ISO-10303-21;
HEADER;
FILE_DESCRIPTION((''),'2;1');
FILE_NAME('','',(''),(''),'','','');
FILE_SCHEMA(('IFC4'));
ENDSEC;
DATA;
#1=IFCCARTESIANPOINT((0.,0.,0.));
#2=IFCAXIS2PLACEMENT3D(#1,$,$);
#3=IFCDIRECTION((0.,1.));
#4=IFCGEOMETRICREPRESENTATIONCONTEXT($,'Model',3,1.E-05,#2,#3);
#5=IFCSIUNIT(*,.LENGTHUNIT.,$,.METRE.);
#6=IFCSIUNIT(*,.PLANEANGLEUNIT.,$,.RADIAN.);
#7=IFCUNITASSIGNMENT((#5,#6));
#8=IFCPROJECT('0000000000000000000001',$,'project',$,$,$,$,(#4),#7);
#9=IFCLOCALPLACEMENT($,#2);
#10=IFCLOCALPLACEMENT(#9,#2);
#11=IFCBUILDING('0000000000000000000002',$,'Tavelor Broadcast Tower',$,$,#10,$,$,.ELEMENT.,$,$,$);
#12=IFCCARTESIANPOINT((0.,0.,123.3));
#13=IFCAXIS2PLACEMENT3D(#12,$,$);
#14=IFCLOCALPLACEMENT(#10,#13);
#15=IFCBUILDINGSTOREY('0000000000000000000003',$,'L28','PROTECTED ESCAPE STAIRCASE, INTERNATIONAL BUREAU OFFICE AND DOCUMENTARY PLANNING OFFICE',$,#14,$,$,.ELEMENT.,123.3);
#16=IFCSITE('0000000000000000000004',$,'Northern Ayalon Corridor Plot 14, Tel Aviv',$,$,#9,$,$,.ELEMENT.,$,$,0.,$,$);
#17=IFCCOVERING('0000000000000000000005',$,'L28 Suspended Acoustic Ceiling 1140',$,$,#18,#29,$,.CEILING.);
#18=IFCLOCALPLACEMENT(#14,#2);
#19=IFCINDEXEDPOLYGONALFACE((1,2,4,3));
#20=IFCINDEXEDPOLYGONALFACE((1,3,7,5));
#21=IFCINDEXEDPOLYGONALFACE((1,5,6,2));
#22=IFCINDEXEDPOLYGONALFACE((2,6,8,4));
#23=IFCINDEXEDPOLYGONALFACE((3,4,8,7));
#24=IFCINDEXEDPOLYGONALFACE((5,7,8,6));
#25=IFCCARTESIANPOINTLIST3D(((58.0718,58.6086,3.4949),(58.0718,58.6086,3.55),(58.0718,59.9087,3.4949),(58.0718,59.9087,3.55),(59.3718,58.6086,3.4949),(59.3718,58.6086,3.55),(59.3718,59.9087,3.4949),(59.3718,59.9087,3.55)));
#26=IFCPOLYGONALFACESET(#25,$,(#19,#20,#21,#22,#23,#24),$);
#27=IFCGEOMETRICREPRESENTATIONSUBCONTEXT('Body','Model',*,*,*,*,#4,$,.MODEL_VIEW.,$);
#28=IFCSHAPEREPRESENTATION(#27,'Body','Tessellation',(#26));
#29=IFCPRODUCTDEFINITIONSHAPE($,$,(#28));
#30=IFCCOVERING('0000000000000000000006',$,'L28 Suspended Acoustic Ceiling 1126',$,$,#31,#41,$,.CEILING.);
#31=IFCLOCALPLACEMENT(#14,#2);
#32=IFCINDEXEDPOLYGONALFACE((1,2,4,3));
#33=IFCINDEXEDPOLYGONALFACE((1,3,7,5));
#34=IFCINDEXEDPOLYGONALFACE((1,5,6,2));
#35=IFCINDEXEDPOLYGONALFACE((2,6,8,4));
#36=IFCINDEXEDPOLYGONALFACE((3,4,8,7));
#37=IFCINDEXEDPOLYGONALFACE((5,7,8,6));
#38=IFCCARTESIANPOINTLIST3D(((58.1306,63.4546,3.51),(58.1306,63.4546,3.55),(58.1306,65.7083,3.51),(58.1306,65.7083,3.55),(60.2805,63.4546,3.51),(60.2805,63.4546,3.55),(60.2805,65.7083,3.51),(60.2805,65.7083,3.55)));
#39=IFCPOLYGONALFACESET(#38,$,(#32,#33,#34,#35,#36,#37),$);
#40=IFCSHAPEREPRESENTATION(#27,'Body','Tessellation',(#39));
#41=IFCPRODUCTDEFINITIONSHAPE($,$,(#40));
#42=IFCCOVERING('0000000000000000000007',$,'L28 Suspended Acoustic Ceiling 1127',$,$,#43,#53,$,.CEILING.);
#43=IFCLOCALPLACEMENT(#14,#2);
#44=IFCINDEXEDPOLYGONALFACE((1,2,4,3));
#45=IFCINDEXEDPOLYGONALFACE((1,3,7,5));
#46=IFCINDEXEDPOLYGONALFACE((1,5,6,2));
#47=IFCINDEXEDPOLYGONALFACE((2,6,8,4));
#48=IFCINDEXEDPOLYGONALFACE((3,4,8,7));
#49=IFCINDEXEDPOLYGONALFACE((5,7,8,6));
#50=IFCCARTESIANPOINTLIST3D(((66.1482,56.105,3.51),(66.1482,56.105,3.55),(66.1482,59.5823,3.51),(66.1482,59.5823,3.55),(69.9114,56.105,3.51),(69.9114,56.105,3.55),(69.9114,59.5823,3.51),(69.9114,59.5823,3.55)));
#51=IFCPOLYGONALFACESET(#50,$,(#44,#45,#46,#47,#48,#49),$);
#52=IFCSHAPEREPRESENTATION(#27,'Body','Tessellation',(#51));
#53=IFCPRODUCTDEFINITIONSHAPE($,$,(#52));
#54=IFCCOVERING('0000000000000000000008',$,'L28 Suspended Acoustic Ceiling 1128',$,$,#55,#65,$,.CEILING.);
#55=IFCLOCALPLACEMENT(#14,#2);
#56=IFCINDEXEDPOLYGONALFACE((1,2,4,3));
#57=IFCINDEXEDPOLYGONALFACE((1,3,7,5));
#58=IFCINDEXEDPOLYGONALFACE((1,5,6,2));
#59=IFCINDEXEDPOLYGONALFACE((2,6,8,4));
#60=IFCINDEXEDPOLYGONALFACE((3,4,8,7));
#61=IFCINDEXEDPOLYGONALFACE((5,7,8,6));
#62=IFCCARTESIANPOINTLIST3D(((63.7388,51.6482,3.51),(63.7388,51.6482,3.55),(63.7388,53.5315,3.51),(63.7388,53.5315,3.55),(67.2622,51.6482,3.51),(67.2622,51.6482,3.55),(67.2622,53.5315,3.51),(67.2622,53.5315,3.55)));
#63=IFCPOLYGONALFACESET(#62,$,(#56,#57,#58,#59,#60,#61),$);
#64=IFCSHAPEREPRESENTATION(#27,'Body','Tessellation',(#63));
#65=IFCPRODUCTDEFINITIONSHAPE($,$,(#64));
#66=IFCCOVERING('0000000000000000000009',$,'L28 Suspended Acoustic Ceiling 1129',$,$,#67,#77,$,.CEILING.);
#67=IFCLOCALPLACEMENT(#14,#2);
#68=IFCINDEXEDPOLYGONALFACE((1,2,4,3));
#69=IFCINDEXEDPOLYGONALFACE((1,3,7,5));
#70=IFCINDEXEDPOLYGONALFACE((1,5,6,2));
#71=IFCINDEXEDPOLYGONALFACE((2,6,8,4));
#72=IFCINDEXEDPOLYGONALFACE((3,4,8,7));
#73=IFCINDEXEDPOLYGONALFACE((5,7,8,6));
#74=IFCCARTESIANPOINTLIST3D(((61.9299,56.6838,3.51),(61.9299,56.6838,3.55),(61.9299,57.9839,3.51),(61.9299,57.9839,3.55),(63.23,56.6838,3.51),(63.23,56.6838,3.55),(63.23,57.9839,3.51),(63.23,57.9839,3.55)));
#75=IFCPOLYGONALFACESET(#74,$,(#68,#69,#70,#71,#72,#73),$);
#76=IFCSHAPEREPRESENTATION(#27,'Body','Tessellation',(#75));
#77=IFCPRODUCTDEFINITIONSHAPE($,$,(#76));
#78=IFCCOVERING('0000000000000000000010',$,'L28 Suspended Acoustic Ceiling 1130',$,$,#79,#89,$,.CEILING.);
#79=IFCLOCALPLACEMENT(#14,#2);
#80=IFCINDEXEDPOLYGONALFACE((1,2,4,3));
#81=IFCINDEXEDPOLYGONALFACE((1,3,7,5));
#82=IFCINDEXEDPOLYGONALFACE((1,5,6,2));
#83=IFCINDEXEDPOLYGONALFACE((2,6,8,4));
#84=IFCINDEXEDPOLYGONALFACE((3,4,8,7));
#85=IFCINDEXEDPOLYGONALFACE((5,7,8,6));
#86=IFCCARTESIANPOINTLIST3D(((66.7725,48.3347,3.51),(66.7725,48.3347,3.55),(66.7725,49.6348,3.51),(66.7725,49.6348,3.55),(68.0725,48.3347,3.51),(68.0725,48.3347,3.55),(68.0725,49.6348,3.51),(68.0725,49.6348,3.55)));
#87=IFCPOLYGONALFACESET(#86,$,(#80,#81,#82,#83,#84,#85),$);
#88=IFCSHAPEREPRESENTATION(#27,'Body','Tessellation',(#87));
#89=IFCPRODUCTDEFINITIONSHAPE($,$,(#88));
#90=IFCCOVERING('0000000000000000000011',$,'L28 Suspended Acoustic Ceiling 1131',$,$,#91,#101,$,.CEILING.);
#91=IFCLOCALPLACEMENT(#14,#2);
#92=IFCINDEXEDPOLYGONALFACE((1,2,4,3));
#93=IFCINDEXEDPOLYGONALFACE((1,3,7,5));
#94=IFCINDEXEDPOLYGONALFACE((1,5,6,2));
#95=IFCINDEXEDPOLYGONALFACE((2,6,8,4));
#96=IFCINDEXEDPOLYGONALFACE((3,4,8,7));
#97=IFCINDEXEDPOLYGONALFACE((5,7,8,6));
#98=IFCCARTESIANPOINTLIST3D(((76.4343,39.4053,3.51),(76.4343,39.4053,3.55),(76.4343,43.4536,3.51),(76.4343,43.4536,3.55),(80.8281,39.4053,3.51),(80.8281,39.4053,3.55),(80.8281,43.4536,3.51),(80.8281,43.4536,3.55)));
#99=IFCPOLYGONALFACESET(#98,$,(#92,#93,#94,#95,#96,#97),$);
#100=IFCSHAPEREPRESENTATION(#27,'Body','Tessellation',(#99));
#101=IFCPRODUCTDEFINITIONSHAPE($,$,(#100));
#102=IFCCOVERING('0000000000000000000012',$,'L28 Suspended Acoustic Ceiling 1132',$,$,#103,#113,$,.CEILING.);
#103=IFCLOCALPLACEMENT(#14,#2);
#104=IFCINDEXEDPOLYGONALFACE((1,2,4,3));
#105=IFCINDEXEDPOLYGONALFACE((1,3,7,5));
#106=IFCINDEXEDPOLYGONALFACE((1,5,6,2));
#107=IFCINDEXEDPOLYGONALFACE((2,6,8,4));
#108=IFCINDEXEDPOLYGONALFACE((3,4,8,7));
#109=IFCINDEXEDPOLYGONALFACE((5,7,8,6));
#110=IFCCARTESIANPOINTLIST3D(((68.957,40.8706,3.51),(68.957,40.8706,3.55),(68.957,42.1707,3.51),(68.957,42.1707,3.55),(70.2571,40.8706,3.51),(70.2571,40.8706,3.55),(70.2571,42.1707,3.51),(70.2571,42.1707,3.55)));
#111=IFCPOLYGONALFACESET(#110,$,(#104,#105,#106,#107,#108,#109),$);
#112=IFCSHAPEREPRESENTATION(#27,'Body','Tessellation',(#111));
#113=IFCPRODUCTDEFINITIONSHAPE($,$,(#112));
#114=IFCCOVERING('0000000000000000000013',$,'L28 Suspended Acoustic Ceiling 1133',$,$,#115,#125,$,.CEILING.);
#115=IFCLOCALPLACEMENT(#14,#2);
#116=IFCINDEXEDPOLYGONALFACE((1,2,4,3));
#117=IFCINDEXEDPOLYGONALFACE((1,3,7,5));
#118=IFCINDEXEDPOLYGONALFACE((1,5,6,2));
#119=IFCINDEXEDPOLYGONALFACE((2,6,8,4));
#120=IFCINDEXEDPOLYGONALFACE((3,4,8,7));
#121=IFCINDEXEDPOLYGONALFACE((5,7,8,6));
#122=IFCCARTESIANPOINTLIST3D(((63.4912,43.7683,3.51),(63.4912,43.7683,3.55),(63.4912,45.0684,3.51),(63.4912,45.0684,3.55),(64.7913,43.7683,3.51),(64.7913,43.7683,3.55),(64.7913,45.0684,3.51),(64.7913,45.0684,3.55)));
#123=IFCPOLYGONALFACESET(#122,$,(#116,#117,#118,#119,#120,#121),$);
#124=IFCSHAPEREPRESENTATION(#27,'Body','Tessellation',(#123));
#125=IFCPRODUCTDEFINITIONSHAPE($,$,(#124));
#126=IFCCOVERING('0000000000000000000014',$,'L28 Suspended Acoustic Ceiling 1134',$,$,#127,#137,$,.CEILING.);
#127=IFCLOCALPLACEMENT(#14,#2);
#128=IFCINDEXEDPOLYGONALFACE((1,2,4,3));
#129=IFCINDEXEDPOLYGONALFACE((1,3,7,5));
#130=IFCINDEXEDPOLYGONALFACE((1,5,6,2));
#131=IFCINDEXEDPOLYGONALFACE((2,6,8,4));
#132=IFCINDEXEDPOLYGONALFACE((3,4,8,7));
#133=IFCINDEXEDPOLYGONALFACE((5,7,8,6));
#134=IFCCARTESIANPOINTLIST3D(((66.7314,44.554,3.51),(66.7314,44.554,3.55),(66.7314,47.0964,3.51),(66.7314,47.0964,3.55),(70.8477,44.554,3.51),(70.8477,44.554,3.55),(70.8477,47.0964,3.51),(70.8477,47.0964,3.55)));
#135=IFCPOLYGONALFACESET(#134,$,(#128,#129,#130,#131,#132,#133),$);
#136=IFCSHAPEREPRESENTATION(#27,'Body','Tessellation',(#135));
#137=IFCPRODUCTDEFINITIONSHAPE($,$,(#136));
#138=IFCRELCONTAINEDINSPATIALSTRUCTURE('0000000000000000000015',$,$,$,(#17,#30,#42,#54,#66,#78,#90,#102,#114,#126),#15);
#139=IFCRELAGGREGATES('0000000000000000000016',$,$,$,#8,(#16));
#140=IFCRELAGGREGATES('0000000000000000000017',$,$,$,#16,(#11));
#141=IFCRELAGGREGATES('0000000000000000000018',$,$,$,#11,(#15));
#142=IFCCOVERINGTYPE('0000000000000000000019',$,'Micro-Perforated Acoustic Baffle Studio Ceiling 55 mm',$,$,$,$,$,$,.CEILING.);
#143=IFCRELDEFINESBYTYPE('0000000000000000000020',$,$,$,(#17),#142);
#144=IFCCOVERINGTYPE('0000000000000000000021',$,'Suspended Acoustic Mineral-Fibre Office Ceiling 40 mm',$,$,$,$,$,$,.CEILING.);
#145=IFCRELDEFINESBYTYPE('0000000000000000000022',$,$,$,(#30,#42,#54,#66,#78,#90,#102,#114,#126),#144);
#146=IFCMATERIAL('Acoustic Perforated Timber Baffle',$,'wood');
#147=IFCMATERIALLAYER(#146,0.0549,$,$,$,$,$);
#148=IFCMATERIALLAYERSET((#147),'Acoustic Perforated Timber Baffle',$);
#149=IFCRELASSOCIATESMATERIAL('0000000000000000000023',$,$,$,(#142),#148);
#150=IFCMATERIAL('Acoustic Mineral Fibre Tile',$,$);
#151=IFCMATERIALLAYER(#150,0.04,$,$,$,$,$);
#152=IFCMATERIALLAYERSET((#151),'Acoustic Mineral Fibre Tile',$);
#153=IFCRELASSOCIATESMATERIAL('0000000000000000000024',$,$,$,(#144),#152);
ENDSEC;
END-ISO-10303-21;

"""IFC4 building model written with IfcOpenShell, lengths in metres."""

from ifc_helpers import new_model, si_unit, direction, frame, origin, place, context, subcontext, project, spatial, polyline, outline, extrude, material, layer, layer_set, type_object, element, save


model = new_model("IFC4")

# Units and contexts
model_context = context("Model", 3, precision=1e-05, world=origin(), true_north=direction((0.0, 1.0)))
body_context = subcontext(model_context, "Body", "Model", "MODEL_VIEW")
ifc_project = project(units=[si_unit("LENGTHUNIT", "METRE"), si_unit("PLANEANGLEUNIT", "RADIAN")], contexts=[model_context])

# Site, building, storey
site_placement = place(None, origin())
site = spatial("IfcSite", under=ifc_project, at=site_placement, Name="Northern Ayalon Corridor Plot 14, Tel Aviv", CompositionType="ELEMENT", RefElevation=0.0)
building_placement = place(site_placement, origin())
building = spatial("IfcBuilding", under=site, at=building_placement, Name="Tavelor Broadcast Tower", CompositionType="ELEMENT")
storey_placement = place(building_placement, frame((0.0, 0.0, 123.3)))
storey = spatial("IfcBuildingStorey", under=building, at=storey_placement, Name="L28", Description="PROTECTED ESCAPE STAIRCASE, INTERNATIONAL BUREAU OFFICE AND DOCUMENTARY PLANNING OFFICE", CompositionType="ELEMENT", Elevation=123.3)

# Coverings
ifc_material_1 = material(Name="Acoustic Perforated Timber Baffle", Category="wood")
ifc_layer_1 = layer(ifc_material_1, 0.0549)
ifc_layer_set_1 = layer_set([ifc_layer_1], Name="Acoustic Perforated Timber Baffle")
covering_type_1 = type_object("IfcCoveringType", Name="Micro-Perforated Acoustic Baffle Studio Ceiling 55 mm", PredefinedType="CEILING", material=ifc_layer_set_1)
covering_1_placement = place(storey_placement, frame((0.0, 0.0, 3.4949)))
element("IfcCovering", 1, at=covering_1_placement, inside=storey, type_object=covering_type_1, Name="L28 Suspended Acoustic Ceiling 1140", PredefinedType="CEILING", context=body_context, shape_type="SweptSolid", body=[
    extrude(outline(polyline([(58.0718, 58.6086), (59.3718, 58.6086), (59.3718, 59.9087), (58.0718, 59.9087), (58.0718, 58.6086)])), origin(), (0.0, 0.0, 1.0), 0.0552),
])
ifc_material_2 = material(Name="Acoustic Mineral Fibre Tile")
ifc_layer_2 = layer(ifc_material_2, 0.04)
ifc_layer_set_2 = layer_set([ifc_layer_2], Name="Acoustic Mineral Fibre Tile")
covering_type_2 = type_object("IfcCoveringType", Name="Suspended Acoustic Mineral-Fibre Office Ceiling 40 mm", PredefinedType="CEILING", material=ifc_layer_set_2)
covering_2_placement = place(storey_placement, frame((0.0, 0.0, 3.51)))
element("IfcCovering", 2, at=covering_2_placement, inside=storey, type_object=covering_type_2, Name="L28 Suspended Acoustic Ceiling 1126", PredefinedType="CEILING", context=body_context, shape_type="SweptSolid", body=[
    extrude(outline(polyline([(58.1306, 63.4546), (60.2805, 63.4546), (60.2805, 65.7083), (58.1306, 65.7083), (58.1306, 63.4546)])), origin(), (0.0, 0.0, 1.0), 0.04),
])
covering_3_placement = place(storey_placement, frame((0.0, 0.0, 3.51)))
element("IfcCovering", 3, at=covering_3_placement, inside=storey, type_object=covering_type_2, Name="L28 Suspended Acoustic Ceiling 1127", PredefinedType="CEILING", context=body_context, shape_type="SweptSolid", body=[
    extrude(outline(polyline([(66.1482, 56.105), (69.9114, 56.105), (69.9114, 59.5823), (66.1482, 59.5823), (66.1482, 56.105)])), origin(), (0.0, 0.0, 1.0), 0.04),
])
covering_4_placement = place(storey_placement, frame((0.0, 0.0, 3.51)))
element("IfcCovering", 4, at=covering_4_placement, inside=storey, type_object=covering_type_2, Name="L28 Suspended Acoustic Ceiling 1128", PredefinedType="CEILING", context=body_context, shape_type="SweptSolid", body=[
    extrude(outline(polyline([(63.7388, 51.6482), (67.2622, 51.6482), (67.2622, 53.5315), (63.7388, 53.5315), (63.7388, 51.6482)])), origin(), (0.0, 0.0, 1.0), 0.04),
])
covering_5_placement = place(storey_placement, frame((0.0, 0.0, 3.51)))
element("IfcCovering", 5, at=covering_5_placement, inside=storey, type_object=covering_type_2, Name="L28 Suspended Acoustic Ceiling 1129", PredefinedType="CEILING", context=body_context, shape_type="SweptSolid", body=[
    extrude(outline(polyline([(61.9299, 56.6838), (63.23, 56.6838), (63.23, 57.9839), (61.9299, 57.9839), (61.9299, 56.6838)])), origin(), (0.0, 0.0, 1.0), 0.04),
])
covering_6_placement = place(storey_placement, frame((0.0, 0.0, 3.51)))
element("IfcCovering", 6, at=covering_6_placement, inside=storey, type_object=covering_type_2, Name="L28 Suspended Acoustic Ceiling 1130", PredefinedType="CEILING", context=body_context, shape_type="SweptSolid", body=[
    extrude(outline(polyline([(66.7725, 48.3347), (68.0725, 48.3347), (68.0725, 49.6348), (66.7725, 49.6348), (66.7725, 48.3347)])), origin(), (0.0, 0.0, 1.0), 0.04),
])
covering_7_placement = place(storey_placement, frame((0.0, 0.0, 3.51)))
element("IfcCovering", 7, at=covering_7_placement, inside=storey, type_object=covering_type_2, Name="L28 Suspended Acoustic Ceiling 1131", PredefinedType="CEILING", context=body_context, shape_type="SweptSolid", body=[
    extrude(outline(polyline([(76.4343, 39.4053), (80.8281, 39.4053), (80.8281, 43.4536), (76.4343, 43.4536), (76.4343, 39.4053)])), origin(), (0.0, 0.0, 1.0), 0.04),
])
covering_8_placement = place(storey_placement, frame((0.0, 0.0, 3.51)))
element("IfcCovering", 8, at=covering_8_placement, inside=storey, type_object=covering_type_2, Name="L28 Suspended Acoustic Ceiling 1132", PredefinedType="CEILING", context=body_context, shape_type="SweptSolid", body=[
    extrude(outline(polyline([(68.957, 40.8706), (70.2571, 40.8706), (70.2571, 42.1707), (68.957, 42.1707), (68.957, 40.8706)])), origin(), (0.0, 0.0, 1.0), 0.04),
])
covering_9_placement = place(storey_placement, frame((0.0, 0.0, 3.51)))
element("IfcCovering", 9, at=covering_9_placement, inside=storey, type_object=covering_type_2, Name="L28 Suspended Acoustic Ceiling 1133", PredefinedType="CEILING", context=body_context, shape_type="SweptSolid", body=[
    extrude(outline(polyline([(63.4912, 43.7683), (64.7913, 43.7683), (64.7913, 45.0684), (63.4912, 45.0684), (63.4912, 43.7683)])), origin(), (0.0, 0.0, 1.0), 0.04),
])
covering_10_placement = place(storey_placement, frame((0.0, 0.0, 3.51)))
element("IfcCovering", 10, at=covering_10_placement, inside=storey, type_object=covering_type_2, Name="L28 Suspended Acoustic Ceiling 1134", PredefinedType="CEILING", context=body_context, shape_type="SweptSolid", body=[
    extrude(outline(polyline([(66.7314, 44.554), (70.8477, 44.554), (70.8477, 47.0964), (66.7314, 47.0964), (66.7314, 44.554)])), origin(), (0.0, 0.0, 1.0), 0.04),
])

save(model, "model.ifc")
